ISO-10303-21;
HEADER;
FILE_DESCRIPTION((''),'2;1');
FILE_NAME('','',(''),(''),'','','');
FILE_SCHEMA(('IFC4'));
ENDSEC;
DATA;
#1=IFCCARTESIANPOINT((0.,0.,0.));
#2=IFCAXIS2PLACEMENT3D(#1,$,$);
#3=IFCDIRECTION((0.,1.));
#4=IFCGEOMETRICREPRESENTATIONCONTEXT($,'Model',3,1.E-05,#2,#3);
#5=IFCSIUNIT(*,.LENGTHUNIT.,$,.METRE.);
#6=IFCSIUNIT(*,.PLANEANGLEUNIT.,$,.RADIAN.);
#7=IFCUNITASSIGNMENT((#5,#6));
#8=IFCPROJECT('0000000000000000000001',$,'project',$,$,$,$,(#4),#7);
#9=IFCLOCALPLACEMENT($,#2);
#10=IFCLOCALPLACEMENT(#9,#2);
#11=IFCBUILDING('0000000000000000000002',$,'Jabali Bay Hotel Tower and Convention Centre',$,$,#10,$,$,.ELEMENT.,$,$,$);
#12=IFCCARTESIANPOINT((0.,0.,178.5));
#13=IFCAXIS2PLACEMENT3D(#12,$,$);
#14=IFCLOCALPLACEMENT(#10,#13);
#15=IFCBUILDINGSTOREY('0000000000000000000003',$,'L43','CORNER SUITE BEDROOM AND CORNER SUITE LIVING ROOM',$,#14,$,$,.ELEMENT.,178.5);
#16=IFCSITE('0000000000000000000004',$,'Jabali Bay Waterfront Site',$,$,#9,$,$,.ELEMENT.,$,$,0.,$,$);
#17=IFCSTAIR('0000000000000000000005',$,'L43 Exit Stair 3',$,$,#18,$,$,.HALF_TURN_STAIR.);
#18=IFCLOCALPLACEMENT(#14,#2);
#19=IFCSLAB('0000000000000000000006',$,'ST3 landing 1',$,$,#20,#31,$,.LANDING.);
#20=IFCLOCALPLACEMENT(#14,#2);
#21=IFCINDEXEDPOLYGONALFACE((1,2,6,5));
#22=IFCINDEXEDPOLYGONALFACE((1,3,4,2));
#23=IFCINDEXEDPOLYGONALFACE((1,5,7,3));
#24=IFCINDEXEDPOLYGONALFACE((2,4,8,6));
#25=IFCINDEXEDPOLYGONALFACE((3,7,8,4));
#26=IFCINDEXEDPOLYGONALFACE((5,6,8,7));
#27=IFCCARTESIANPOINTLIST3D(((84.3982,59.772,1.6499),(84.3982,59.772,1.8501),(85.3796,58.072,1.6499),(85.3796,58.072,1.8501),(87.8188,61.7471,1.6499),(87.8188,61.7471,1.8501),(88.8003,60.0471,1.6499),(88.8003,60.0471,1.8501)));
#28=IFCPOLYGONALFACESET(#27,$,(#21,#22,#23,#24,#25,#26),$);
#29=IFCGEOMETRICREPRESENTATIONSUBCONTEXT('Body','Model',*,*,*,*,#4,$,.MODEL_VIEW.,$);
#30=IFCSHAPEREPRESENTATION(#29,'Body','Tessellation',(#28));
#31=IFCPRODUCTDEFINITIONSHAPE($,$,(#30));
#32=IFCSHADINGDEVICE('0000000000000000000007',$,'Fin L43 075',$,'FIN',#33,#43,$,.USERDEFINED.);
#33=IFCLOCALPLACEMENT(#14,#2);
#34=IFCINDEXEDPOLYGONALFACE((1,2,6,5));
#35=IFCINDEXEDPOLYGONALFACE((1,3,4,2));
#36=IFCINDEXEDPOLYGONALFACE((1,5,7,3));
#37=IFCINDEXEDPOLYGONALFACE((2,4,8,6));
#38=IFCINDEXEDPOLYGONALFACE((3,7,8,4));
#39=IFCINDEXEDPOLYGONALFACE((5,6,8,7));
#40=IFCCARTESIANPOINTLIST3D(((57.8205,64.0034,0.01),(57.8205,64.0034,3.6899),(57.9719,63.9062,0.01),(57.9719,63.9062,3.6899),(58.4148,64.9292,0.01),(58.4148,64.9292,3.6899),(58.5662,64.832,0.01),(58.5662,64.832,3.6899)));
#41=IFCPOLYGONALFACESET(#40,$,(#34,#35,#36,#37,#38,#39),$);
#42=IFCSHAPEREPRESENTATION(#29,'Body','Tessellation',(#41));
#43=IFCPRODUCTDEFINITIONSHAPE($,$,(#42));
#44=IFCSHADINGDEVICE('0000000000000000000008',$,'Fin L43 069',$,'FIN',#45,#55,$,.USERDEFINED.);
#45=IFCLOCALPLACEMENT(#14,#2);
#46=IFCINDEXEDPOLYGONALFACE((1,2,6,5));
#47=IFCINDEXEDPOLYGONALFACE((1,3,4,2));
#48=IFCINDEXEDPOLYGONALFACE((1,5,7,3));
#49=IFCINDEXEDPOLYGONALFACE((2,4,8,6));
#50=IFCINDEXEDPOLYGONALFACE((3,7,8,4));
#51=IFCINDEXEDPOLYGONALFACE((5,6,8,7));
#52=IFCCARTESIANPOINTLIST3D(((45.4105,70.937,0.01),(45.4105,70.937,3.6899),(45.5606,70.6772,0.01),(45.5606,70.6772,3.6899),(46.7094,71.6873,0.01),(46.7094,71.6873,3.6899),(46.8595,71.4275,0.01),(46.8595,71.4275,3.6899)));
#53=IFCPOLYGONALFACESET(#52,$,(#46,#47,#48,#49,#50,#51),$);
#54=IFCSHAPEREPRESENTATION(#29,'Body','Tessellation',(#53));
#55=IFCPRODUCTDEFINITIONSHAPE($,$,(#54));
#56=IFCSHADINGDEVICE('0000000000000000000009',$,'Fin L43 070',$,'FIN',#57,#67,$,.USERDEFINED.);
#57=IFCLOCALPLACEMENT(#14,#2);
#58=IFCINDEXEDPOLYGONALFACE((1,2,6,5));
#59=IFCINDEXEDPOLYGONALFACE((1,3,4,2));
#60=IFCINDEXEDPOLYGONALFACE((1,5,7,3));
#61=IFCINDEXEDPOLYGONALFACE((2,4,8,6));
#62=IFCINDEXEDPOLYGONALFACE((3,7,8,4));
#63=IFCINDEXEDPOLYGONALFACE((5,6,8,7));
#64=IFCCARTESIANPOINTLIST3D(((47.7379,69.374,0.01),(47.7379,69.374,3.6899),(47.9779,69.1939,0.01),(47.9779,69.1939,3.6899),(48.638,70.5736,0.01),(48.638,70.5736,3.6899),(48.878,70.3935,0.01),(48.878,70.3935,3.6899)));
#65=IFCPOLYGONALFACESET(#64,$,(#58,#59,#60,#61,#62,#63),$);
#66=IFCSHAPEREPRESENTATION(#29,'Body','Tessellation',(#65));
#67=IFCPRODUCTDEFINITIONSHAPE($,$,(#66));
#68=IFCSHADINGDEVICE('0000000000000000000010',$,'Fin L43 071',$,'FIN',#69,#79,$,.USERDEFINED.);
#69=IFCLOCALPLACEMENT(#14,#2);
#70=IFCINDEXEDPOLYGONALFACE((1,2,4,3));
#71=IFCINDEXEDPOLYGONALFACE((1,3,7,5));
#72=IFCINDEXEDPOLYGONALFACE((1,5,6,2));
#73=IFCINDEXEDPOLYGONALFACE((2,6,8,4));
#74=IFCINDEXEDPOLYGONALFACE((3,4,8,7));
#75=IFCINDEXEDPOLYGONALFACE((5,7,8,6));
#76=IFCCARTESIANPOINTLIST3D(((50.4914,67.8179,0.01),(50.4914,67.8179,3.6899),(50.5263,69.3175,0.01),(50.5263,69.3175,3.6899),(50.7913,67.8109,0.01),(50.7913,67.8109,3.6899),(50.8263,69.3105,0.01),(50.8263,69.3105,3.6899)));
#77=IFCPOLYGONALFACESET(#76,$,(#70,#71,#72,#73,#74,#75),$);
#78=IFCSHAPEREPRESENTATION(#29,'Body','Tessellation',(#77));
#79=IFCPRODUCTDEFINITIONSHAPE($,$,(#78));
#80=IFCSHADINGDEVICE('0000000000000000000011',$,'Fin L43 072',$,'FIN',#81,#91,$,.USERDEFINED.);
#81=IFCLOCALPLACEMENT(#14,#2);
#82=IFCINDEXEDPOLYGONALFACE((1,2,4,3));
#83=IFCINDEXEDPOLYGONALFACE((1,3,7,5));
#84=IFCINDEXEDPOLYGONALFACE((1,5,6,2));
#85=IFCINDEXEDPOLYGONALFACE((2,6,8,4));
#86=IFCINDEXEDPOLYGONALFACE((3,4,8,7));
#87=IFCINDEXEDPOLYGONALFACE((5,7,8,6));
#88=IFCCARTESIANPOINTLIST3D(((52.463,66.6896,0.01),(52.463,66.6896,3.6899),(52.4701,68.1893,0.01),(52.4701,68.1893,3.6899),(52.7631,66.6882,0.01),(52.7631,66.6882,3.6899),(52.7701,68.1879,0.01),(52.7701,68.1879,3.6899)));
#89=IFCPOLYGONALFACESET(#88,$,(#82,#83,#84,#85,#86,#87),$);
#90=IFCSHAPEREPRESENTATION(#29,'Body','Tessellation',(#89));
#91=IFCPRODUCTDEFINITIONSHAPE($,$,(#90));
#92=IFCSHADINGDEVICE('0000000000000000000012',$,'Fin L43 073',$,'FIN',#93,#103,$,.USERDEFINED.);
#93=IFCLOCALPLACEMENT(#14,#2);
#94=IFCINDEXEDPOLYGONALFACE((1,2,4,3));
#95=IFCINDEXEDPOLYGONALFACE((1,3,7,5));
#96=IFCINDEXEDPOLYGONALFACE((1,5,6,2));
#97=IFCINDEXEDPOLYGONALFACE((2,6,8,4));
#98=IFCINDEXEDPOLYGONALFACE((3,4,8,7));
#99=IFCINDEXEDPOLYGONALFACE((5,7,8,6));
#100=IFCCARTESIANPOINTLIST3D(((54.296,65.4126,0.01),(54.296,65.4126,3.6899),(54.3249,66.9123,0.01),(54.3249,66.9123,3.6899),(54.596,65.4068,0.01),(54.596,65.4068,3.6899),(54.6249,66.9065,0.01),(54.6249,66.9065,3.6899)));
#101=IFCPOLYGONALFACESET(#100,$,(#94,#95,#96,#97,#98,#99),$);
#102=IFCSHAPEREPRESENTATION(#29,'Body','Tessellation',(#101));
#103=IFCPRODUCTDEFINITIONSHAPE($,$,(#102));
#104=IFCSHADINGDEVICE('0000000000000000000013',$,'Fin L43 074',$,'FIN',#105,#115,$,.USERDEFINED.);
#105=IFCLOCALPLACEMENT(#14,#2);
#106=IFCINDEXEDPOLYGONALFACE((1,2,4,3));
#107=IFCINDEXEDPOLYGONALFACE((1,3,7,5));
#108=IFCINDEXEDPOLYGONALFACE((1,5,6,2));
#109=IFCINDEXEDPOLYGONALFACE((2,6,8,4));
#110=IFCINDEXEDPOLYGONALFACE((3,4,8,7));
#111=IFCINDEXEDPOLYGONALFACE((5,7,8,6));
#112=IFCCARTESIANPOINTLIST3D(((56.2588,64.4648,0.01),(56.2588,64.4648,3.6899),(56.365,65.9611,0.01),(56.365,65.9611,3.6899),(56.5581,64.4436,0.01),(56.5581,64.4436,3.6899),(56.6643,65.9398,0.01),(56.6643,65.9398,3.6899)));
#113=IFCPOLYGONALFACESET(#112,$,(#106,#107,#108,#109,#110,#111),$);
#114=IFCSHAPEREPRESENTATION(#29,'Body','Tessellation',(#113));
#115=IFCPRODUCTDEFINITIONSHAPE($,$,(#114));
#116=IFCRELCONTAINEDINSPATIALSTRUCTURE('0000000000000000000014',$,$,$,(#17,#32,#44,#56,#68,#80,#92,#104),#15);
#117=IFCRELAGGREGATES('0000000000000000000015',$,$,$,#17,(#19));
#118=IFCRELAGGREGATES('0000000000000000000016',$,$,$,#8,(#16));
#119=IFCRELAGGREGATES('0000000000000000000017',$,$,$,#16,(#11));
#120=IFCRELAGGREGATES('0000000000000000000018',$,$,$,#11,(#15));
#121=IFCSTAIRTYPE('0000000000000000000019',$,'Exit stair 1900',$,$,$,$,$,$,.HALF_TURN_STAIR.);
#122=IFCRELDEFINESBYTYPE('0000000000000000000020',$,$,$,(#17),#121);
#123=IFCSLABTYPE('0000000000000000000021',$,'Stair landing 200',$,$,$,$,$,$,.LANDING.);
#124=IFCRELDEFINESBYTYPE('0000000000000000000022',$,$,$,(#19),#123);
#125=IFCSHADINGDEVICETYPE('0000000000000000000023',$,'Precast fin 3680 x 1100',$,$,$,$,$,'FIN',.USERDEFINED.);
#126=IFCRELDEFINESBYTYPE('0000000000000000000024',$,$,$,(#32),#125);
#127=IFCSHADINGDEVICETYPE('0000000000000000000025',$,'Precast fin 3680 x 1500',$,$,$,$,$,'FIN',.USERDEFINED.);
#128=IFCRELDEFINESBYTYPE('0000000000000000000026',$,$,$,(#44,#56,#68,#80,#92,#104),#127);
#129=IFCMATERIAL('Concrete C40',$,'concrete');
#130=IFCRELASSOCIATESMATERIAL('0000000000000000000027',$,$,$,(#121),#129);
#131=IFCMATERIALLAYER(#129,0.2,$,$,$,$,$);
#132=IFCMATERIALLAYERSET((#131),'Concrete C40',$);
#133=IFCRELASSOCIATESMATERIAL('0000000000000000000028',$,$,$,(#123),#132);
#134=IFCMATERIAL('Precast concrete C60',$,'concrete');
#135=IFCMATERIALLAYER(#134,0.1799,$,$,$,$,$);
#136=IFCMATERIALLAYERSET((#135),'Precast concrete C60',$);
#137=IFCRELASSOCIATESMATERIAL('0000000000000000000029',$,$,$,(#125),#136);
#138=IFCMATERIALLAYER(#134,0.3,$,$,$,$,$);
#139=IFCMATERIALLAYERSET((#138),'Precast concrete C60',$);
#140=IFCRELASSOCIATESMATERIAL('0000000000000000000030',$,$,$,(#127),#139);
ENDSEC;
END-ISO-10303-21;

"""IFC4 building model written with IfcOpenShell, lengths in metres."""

from ifc_helpers import new_model, si_unit, direction, frame, frame_2d, origin, place, context, subcontext, project, spatial, polyline, rectangle, outline, extrude, material, layer, layer_set, type_object, element, aggregate, save


model = new_model("IFC4")

# Units and contexts
model_context = context("Model", 3, precision=1e-05, world=origin(), true_north=direction((0.0, 1.0)))
body_context = subcontext(model_context, "Body", "Model", "MODEL_VIEW")
ifc_project = project(units=[si_unit("LENGTHUNIT", "METRE"), si_unit("PLANEANGLEUNIT", "RADIAN")], contexts=[model_context])

# Site, building, storey
site_placement = place(None, origin())
site = spatial("IfcSite", under=ifc_project, at=site_placement, Name="Jabali Bay Waterfront Site", CompositionType="ELEMENT", RefElevation=0.0)
building_placement = place(site_placement, origin())
building = spatial("IfcBuilding", under=site, at=building_placement, Name="Jabali Bay Hotel Tower and Convention Centre", CompositionType="ELEMENT")
storey_placement = place(building_placement, frame((0.0, 0.0, 178.5)))
storey = spatial("IfcBuildingStorey", under=building, at=storey_placement, Name="L43", Description="CORNER SUITE BEDROOM AND CORNER SUITE LIVING ROOM", CompositionType="ELEMENT", Elevation=178.5)

# Shared definitions
ifc_material_1 = material(Name="Concrete C40", Category="concrete")

# Stair, slab
stair_type = type_object("IfcStairType", Name="Exit stair 1900", PredefinedType="HALF_TURN_STAIR", material=ifc_material_1)
ifc_layer_1 = layer(ifc_material_1, 0.2)
ifc_layer_set_1 = layer_set([ifc_layer_1], Name="Concrete C40")
slab_type_1 = type_object("IfcSlabType", Name="Stair landing 200", PredefinedType="LANDING", material=ifc_layer_set_1)
stair_1_placement = place(storey_placement, origin())
stair_1 = element("IfcStair", 1, at=stair_1_placement, inside=storey, type_object=stair_type, Name="L43 Exit Stair 3", PredefinedType="HALF_TURN_STAIR")
slab_1_placement = place(storey_placement, frame((0.0, 0.0, 1.6499)))
slab_1 = element("IfcSlab", 2, at=slab_1_placement, type_object=slab_type_1, Name="ST3 landing 1", PredefinedType="LANDING", context=body_context, shape_type="SweptSolid", body=[
    extrude(outline(polyline([(84.3982, 59.772), (85.3796, 58.072), (88.8003, 60.0471), (87.8188, 61.7471), (84.3982, 59.772)])), origin(), (0.0, 0.0, 1.0), 0.2002),
])
aggregate(stair_1, [slab_1])

# Shading devices
ifc_material_2 = material(Name="Precast concrete C60", Category="concrete")
ifc_layer_2 = layer(ifc_material_2, 0.1799)
ifc_layer_set_2 = layer_set([ifc_layer_2], Name="Precast concrete C60")
shading_device_type_1 = type_object("IfcShadingDeviceType", Name="Precast fin 3680 x 1100", ElementType="FIN", PredefinedType="USERDEFINED", material=ifc_layer_set_2)
shading_device_1_placement = place(storey_placement, frame((58.4905, 64.8806, 0.01), z_axis=(0.0, 0.0, 1.0), x_axis=(-0.540174, -0.841553, 0.0)))
element("IfcShadingDevice", 3, at=shading_device_1_placement, inside=storey, type_object=shading_device_type_1, Name="Fin L43 075", ObjectType="FIN", PredefinedType="USERDEFINED", context=body_context, shape_type="SweptSolid", body=[
    extrude(rectangle(XDim=1.1001, YDim=0.1799, at=frame_2d((0.55, 0.0))), origin(), (0.0, 0.0, 1.0), 3.6799),
])
ifc_layer_3 = layer(ifc_material_2, 0.3)
ifc_layer_set_3 = layer_set([ifc_layer_3], Name="Precast concrete C60")
shading_device_type_2 = type_object("IfcShadingDeviceType", Name="Precast fin 3680 x 1500", ElementType="FIN", PredefinedType="USERDEFINED", material=ifc_layer_set_3)
shading_device_2_placement = place(storey_placement, frame((46.7844, 71.5574, 0.01), z_axis=(0.0, 0.0, 1.0), x_axis=(-0.86592, -0.500183, 0.0)))
element("IfcShadingDevice", 4, at=shading_device_2_placement, inside=storey, type_object=shading_device_type_2, Name="Fin L43 069", ObjectType="FIN", PredefinedType="USERDEFINED", context=body_context, shape_type="SweptSolid", body=[
    extrude(rectangle(XDim=1.5, YDim=0.3, at=frame_2d((0.75, 0.0))), origin(), (0.0, 0.0, 1.0), 3.6799),
])
shading_device_3_placement = place(storey_placement, frame((48.7581, 70.4836, 0.01), z_axis=(0.0, 0.0, 1.0), x_axis=(-0.600156, -0.799883, 0.0)))
element("IfcShadingDevice", 5, at=shading_device_3_placement, inside=storey, type_object=shading_device_type_2, Name="Fin L43 070", ObjectType="FIN", PredefinedType="USERDEFINED", context=body_context, shape_type="SweptSolid", body=[
    extrude(rectangle(XDim=1.4998, YDim=0.3, at=frame_2d((0.75, 0.0))), origin(), (0.0, 0.0, 1.0), 3.6799),
])
shading_device_4_placement = place(storey_placement, frame((50.6763, 69.314, 0.01), z_axis=(0.0, 0.0, 1.0), x_axis=(-0.023276, -0.999729, 0.0)))
element("IfcShadingDevice", 6, at=shading_device_4_placement, inside=storey, type_object=shading_device_type_2, Name="Fin L43 071", ObjectType="FIN", PredefinedType="USERDEFINED", context=body_context, shape_type="SweptSolid", body=[
    extrude(rectangle(XDim=1.5, YDim=0.3, at=frame_2d((0.75, 0.0))), origin(), (0.0, 0.0, 1.0), 3.6799),
])
shading_device_5_placement = place(storey_placement, frame((52.6201, 68.1887, 0.01), z_axis=(0.0, 0.0, 1.0), x_axis=(-0.004721, -0.999989, 0.0)))
element("IfcShadingDevice", 7, at=shading_device_5_placement, inside=storey, type_object=shading_device_type_2, Name="Fin L43 072", ObjectType="FIN", PredefinedType="USERDEFINED", context=body_context, shape_type="SweptSolid", body=[
    extrude(rectangle(XDim=1.4998, YDim=0.3, at=frame_2d((0.75, 0.0))), origin(), (0.0, 0.0, 1.0), 3.6799),
])
for number, where, z_axis, x_axis, name in (
    (8, (54.4749, 66.9094, 0.01), (0.0, 0.0, 1.0), (-0.019205, -0.999816, 0.0), "Fin L43 073"),
    (9, (56.5146, 65.9504, 0.01), (0.0, 0.0, 1.0), (-0.070796, -0.997491, 0.0), "Fin L43 074"),
):
    element("IfcShadingDevice", number, at=place(storey_placement, frame(where, z_axis=z_axis, x_axis=x_axis)), inside=storey, type_object=shading_device_type_2, Name=name, ObjectType="FIN", PredefinedType="USERDEFINED", context=body_context, shape_type="SweptSolid", body=[
        extrude(rectangle(XDim=1.5, YDim=0.3, at=frame_2d((0.75, 0.0))), origin(), (0.0, 0.0, 1.0), 3.6799),
    ])

save(model, "model.ifc")
